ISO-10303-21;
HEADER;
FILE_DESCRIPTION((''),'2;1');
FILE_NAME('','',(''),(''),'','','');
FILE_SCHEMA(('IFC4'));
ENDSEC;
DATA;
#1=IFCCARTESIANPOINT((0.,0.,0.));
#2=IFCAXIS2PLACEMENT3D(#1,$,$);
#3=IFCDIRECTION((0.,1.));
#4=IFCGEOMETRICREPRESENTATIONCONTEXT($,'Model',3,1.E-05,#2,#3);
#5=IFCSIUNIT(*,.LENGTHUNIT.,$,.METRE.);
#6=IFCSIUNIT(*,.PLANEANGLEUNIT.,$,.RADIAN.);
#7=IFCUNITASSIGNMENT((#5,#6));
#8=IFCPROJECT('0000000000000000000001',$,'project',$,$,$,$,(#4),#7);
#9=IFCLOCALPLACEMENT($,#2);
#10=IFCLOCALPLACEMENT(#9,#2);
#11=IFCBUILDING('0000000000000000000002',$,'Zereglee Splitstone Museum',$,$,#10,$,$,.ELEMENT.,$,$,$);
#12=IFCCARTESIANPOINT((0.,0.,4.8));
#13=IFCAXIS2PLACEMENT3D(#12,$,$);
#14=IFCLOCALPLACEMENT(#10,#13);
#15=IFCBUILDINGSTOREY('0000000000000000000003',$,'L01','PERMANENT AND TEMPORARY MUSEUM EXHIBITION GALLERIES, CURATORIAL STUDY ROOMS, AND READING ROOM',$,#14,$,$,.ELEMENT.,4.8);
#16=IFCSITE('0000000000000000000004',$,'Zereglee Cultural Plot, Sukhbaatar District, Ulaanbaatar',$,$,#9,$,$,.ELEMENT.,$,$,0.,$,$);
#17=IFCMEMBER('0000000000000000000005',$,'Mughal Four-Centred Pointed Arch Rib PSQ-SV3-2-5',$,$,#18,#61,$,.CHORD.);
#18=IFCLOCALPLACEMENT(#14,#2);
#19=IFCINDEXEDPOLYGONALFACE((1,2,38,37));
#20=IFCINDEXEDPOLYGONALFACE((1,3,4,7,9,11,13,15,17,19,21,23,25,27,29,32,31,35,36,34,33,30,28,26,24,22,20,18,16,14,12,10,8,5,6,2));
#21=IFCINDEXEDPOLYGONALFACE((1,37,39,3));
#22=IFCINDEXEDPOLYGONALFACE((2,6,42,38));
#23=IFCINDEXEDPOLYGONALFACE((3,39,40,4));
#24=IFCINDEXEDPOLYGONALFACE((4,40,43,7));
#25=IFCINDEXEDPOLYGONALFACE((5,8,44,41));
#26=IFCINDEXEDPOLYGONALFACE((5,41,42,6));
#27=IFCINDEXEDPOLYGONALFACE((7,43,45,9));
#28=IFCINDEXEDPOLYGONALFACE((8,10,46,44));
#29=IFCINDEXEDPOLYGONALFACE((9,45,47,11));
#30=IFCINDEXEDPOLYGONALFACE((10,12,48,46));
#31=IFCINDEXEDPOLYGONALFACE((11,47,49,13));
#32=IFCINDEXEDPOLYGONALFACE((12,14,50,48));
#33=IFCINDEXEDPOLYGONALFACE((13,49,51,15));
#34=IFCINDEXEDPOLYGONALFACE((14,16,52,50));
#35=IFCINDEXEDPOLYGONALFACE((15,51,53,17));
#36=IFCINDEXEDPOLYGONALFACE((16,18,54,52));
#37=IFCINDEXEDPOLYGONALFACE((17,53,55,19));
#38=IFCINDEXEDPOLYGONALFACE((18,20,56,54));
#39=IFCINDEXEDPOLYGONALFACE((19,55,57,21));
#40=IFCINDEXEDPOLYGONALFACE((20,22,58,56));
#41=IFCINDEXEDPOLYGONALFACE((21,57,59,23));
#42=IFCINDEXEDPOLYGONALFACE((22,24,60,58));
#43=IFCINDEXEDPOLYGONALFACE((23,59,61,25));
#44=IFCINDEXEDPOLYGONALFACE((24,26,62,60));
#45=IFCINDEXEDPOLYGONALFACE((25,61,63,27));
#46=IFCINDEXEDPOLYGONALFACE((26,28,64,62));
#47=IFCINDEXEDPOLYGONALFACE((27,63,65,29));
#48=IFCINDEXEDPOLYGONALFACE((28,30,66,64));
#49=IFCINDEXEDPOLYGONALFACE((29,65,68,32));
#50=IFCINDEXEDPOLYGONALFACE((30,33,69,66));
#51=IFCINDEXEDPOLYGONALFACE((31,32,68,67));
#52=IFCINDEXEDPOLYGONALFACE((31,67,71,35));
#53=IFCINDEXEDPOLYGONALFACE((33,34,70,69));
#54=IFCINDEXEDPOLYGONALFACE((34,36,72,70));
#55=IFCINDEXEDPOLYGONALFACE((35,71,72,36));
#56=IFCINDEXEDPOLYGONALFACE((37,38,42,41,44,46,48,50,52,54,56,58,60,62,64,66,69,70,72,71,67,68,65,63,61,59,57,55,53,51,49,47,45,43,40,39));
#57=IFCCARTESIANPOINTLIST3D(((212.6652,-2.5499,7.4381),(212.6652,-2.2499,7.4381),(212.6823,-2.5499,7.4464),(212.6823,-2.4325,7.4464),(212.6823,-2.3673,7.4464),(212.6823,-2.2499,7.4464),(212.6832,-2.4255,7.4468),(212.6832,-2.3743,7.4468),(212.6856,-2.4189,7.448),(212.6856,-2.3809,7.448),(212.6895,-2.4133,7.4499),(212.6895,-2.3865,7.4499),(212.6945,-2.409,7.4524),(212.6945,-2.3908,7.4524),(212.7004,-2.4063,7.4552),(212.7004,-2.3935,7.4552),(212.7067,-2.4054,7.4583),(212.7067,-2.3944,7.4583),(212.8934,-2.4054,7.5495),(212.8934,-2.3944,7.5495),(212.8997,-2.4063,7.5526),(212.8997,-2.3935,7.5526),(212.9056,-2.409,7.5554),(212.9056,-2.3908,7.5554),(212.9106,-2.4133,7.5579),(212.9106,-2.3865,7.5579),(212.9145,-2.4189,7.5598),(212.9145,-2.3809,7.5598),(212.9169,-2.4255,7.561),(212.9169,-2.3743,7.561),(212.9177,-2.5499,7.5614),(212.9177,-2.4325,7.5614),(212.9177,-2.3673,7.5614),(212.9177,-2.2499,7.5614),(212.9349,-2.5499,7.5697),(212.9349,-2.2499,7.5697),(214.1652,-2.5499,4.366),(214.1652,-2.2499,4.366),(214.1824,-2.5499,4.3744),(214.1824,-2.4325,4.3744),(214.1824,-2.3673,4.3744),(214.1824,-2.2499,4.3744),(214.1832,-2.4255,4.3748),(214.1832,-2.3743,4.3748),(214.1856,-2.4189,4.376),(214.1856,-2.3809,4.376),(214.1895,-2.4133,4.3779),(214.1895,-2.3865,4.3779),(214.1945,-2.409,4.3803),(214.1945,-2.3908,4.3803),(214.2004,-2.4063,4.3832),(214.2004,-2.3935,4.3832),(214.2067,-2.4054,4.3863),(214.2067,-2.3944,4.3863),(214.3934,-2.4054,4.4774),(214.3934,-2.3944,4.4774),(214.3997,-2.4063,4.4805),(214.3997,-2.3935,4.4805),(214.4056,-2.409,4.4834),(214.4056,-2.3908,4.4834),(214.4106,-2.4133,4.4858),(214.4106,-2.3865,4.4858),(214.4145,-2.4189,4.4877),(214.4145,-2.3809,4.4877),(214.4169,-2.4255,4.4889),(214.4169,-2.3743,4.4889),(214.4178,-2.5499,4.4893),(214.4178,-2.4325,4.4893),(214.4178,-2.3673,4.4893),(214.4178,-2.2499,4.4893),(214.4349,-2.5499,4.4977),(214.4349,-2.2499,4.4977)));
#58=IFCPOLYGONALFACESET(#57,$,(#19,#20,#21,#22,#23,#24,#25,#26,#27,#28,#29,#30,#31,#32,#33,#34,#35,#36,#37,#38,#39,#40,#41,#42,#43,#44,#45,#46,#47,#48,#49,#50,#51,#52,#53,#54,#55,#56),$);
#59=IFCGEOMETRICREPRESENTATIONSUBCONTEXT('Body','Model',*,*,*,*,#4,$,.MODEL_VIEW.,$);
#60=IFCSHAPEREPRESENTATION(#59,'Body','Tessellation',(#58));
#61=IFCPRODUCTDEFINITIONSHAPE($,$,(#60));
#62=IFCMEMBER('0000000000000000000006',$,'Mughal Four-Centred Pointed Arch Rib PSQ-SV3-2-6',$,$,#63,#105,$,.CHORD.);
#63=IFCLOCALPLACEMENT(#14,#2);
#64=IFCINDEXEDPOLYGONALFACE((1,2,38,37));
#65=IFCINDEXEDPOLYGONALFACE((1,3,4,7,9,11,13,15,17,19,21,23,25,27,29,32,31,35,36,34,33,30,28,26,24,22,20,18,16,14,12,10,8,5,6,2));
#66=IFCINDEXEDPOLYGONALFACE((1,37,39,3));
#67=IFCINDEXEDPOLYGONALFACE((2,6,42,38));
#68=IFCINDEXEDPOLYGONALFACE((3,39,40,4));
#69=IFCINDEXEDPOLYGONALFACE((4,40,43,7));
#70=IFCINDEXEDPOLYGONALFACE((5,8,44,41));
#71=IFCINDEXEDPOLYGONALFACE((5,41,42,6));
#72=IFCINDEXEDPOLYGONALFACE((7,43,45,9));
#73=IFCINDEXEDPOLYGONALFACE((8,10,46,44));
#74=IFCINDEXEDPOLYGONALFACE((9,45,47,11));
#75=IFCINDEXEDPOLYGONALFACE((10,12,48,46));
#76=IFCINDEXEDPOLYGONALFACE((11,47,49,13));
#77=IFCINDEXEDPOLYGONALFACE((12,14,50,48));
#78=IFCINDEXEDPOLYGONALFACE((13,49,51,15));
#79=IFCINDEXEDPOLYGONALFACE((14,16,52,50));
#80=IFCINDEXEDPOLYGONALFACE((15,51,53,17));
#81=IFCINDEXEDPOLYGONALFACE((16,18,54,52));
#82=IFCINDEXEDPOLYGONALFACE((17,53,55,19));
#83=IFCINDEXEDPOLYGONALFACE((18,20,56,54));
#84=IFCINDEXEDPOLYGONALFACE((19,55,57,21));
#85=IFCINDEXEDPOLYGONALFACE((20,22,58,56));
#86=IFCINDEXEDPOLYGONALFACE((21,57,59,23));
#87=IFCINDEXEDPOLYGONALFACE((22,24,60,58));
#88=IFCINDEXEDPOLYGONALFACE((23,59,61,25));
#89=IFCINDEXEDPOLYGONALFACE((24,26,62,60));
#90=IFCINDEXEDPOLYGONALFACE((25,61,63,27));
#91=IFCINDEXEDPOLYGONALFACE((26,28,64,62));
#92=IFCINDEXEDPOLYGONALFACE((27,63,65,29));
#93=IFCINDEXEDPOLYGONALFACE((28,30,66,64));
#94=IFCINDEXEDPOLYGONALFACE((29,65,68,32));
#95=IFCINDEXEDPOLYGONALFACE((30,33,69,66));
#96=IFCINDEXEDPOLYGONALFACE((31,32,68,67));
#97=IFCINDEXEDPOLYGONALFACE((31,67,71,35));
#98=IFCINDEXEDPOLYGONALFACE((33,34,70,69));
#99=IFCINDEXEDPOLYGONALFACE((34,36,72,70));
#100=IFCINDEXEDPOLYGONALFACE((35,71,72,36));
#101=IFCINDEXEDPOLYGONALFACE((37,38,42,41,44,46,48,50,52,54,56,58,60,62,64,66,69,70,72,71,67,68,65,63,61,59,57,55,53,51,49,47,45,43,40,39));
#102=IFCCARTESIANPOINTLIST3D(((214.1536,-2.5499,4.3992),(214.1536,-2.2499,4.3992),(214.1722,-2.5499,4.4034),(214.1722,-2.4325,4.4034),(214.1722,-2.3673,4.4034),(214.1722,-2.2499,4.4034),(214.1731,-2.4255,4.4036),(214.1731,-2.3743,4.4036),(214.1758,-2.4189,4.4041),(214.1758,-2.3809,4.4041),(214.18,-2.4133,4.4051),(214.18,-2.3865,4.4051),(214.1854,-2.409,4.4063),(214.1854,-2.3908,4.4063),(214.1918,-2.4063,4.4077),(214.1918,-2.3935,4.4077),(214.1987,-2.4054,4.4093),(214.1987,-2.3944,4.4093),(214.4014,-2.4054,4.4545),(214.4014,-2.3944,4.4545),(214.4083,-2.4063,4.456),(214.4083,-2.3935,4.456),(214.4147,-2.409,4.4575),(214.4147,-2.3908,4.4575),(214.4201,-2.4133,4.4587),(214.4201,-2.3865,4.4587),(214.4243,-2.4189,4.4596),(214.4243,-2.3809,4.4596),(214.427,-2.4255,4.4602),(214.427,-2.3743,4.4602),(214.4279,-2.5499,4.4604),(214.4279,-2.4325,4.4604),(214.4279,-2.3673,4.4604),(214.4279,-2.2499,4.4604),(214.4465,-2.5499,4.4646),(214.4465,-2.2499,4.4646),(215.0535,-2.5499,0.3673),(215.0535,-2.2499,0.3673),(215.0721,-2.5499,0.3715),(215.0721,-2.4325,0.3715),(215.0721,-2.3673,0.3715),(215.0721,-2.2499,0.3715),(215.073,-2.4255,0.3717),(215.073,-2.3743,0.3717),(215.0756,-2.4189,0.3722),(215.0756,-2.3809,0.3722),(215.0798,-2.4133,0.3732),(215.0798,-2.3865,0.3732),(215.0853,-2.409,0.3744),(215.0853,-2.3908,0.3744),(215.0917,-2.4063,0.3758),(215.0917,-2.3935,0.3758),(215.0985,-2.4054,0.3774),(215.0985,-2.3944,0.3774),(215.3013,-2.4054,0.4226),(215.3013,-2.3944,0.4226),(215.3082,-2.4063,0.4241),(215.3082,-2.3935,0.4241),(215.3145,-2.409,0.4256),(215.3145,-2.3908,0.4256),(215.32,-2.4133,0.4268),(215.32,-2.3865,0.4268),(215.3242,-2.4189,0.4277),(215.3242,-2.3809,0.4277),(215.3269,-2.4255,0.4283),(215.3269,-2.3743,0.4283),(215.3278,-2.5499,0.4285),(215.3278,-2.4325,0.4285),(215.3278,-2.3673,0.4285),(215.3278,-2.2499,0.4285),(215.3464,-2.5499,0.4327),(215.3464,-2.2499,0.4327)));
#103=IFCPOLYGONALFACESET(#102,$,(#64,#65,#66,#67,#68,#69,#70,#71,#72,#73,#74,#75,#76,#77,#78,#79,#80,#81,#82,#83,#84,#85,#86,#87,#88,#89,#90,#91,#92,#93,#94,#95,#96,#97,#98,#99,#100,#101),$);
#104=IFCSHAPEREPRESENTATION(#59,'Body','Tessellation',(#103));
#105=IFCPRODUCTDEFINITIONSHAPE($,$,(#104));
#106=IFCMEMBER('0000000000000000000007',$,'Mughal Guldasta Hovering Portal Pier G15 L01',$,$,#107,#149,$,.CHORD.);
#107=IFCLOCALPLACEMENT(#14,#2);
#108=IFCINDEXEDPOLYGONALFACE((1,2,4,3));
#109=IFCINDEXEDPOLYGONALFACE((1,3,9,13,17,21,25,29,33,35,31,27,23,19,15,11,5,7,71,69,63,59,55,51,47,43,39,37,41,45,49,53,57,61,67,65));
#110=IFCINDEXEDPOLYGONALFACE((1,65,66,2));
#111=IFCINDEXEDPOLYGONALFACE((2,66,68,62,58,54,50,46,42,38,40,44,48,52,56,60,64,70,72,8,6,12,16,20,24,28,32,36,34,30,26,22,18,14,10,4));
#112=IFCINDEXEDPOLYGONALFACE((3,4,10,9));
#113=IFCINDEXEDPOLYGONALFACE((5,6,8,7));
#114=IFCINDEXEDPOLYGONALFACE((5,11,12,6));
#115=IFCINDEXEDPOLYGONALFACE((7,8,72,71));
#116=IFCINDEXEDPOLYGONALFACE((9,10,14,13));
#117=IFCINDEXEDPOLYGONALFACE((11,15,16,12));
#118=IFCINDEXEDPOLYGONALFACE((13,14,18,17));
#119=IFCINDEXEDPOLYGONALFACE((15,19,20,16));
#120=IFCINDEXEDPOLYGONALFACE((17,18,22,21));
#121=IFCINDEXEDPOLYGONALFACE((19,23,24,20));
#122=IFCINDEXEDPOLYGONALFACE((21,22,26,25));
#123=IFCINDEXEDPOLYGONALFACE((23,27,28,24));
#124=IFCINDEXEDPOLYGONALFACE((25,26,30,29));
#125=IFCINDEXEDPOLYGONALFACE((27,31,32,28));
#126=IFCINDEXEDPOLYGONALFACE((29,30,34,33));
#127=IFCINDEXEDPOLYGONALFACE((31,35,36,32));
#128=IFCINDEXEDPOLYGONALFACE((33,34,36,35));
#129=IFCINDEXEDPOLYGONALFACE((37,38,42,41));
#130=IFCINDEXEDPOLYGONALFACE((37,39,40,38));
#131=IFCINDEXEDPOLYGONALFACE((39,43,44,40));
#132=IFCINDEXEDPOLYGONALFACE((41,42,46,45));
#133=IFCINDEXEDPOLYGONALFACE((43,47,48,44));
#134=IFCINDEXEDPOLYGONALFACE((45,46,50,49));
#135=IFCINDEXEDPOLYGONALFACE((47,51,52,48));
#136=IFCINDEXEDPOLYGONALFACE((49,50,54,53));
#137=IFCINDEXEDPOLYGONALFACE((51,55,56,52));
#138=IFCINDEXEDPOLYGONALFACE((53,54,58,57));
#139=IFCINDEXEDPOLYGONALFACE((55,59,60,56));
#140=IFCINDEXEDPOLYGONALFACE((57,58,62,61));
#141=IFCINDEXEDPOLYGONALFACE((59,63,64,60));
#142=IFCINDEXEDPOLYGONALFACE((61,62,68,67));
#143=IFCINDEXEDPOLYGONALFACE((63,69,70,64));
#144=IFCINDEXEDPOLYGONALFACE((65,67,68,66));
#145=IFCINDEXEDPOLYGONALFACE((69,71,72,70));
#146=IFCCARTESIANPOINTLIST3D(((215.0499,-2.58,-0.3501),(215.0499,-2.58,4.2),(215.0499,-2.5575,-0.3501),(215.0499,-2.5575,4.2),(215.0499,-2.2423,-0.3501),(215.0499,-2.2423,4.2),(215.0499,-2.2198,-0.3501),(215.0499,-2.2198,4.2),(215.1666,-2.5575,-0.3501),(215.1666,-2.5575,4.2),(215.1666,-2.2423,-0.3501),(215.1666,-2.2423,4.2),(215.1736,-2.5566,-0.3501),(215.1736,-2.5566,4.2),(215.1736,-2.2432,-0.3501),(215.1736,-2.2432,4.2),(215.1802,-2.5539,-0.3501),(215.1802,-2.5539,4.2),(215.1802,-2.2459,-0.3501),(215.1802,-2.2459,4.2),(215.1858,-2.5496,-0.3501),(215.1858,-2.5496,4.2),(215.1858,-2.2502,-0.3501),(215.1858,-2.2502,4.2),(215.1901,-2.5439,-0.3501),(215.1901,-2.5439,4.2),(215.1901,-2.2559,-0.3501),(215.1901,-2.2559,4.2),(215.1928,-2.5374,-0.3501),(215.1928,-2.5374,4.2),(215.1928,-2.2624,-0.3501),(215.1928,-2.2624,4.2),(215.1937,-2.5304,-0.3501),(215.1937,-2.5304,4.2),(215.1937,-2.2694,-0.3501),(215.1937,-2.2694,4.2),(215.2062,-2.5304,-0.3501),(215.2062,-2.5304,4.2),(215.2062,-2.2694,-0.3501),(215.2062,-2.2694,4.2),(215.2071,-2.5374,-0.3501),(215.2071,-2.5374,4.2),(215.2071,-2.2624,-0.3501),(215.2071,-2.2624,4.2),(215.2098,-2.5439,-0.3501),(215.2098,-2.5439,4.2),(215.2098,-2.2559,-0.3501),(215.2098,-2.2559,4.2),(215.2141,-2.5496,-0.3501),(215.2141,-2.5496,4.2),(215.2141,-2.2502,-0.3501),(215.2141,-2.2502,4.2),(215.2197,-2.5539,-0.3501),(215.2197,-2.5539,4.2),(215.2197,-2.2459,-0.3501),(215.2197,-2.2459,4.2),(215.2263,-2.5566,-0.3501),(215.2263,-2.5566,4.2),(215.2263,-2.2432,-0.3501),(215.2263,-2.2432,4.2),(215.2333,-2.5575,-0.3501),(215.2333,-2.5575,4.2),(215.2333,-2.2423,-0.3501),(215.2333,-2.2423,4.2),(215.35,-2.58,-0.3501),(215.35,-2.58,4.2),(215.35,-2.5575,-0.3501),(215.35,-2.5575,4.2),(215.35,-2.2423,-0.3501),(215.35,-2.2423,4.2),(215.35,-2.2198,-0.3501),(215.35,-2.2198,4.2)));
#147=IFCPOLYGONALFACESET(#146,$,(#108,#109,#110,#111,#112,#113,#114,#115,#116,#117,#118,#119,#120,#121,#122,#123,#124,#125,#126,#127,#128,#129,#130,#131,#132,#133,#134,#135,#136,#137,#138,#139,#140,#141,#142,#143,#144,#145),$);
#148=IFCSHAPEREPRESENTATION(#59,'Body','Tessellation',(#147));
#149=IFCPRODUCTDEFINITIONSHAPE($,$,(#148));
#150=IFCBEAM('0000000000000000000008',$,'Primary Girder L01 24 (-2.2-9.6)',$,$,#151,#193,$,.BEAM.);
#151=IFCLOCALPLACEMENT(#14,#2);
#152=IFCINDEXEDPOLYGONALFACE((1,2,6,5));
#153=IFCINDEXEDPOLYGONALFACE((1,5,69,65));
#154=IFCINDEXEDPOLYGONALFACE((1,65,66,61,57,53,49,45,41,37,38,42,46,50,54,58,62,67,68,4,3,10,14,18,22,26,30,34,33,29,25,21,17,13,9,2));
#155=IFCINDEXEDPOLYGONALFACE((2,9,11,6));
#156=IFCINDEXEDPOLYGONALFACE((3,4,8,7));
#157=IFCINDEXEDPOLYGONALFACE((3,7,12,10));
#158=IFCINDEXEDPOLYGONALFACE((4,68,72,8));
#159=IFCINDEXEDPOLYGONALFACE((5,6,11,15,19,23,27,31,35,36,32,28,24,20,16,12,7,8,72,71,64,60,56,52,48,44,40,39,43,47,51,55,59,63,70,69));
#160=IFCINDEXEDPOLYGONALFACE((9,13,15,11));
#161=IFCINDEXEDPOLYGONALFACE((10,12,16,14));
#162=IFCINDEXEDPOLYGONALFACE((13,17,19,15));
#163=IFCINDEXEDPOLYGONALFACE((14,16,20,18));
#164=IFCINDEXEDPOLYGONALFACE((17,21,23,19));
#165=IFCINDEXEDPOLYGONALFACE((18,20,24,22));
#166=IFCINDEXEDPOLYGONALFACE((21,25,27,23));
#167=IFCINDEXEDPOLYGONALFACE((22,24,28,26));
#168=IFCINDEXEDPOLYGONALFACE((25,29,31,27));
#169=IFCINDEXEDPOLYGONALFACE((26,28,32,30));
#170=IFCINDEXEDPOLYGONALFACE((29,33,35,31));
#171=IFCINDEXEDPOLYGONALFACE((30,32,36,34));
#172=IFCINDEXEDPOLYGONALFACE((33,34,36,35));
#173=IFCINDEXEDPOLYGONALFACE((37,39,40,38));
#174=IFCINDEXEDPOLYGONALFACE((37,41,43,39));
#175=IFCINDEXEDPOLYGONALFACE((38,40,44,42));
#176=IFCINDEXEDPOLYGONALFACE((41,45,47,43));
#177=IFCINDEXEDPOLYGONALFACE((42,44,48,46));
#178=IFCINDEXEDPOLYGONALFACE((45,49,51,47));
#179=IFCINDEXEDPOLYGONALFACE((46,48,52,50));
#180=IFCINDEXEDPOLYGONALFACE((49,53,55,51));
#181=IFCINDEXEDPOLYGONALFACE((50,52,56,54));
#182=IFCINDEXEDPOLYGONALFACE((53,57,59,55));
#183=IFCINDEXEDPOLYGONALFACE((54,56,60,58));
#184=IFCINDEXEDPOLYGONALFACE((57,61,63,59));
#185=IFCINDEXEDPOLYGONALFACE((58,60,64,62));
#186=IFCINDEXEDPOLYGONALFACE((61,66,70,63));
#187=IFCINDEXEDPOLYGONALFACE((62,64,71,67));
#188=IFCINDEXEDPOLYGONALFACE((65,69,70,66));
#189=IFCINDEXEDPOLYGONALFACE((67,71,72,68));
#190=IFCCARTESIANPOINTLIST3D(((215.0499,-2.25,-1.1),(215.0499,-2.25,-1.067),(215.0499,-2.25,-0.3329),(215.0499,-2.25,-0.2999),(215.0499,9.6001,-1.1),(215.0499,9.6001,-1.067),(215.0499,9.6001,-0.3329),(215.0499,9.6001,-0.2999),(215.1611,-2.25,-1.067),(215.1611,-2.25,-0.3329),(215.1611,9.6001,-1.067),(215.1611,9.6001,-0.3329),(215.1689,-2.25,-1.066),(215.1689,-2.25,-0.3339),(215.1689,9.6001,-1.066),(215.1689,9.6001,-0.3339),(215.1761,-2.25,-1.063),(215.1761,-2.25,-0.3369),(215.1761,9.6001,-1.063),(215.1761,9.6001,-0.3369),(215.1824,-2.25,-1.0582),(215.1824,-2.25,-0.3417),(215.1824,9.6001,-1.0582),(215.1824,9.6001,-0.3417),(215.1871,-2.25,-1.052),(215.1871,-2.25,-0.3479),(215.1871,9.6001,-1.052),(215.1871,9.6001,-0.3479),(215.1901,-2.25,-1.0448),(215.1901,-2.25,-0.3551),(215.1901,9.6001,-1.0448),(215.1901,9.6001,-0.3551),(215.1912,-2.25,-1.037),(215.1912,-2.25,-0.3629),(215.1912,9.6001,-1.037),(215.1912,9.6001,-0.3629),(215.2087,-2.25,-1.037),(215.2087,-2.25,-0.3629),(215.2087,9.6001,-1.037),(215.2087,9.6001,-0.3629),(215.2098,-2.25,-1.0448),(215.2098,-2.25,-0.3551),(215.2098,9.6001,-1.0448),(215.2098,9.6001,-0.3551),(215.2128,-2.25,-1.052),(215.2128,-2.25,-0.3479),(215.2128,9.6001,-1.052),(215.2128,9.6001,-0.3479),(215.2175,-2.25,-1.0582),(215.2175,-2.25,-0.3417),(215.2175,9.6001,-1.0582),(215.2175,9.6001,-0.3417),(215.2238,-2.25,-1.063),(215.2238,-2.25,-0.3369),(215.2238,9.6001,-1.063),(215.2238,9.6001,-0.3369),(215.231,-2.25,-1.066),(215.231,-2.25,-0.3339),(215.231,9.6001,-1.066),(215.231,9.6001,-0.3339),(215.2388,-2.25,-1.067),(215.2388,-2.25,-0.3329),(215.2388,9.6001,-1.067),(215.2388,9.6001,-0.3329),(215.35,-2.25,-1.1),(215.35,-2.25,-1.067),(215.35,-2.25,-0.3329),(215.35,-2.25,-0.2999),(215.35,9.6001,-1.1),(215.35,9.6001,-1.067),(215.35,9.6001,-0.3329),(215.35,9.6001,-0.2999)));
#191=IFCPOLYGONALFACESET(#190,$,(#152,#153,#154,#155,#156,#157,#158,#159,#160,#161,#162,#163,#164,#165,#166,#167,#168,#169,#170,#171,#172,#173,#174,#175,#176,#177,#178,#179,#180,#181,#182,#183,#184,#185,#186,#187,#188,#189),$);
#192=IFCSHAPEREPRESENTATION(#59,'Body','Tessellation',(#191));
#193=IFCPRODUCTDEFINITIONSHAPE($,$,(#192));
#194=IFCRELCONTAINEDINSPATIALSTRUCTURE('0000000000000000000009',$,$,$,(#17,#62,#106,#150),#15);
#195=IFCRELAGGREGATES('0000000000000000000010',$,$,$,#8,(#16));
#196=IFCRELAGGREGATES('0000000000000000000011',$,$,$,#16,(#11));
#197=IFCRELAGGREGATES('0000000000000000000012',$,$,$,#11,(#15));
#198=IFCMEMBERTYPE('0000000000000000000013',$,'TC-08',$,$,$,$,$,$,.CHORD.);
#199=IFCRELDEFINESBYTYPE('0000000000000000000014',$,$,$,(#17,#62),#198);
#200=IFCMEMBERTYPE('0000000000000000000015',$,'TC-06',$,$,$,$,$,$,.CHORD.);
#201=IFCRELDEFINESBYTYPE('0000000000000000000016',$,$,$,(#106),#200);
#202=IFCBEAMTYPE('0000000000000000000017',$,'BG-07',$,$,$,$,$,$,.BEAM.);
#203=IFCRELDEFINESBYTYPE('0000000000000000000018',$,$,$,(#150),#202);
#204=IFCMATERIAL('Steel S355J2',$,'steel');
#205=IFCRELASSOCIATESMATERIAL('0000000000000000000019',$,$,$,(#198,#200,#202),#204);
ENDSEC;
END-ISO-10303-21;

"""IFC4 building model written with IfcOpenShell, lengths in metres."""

from ifc_helpers import new_model, si_unit, direction, frame, origin, origin_2d, place, context, subcontext, project, spatial, i_section, extrude, material, material_profile, profile_set, type_object, element, save


model = new_model("IFC4")

# Units and contexts
model_context = context("Model", 3, precision=1e-05, world=origin(), true_north=direction((0.0, 1.0)))
body_context = subcontext(model_context, "Body", "Model", "MODEL_VIEW")
ifc_project = project(units=[si_unit("LENGTHUNIT", "METRE"), si_unit("PLANEANGLEUNIT", "RADIAN")], contexts=[model_context])

# Site, building, storey
site_placement = place(None, origin())
site = spatial("IfcSite", under=ifc_project, at=site_placement, Name="Zereglee Cultural Plot, Sukhbaatar District, Ulaanbaatar", CompositionType="ELEMENT", RefElevation=0.0)
building_placement = place(site_placement, origin())
building = spatial("IfcBuilding", under=site, at=building_placement, Name="Zereglee Splitstone Museum", CompositionType="ELEMENT")
storey_placement = place(building_placement, frame((0.0, 0.0, 4.8)))
storey = spatial("IfcBuildingStorey", under=building, at=storey_placement, Name="L01", Description="PERMANENT AND TEMPORARY MUSEUM EXHIBITION GALLERIES, CURATORIAL STUDY ROOMS, AND READING ROOM", CompositionType="ELEMENT", Elevation=4.8)

# Shared definitions
ifc_material_1 = material(Name="Steel S355J2", Category="steel")

# Members
ifc_material_profile_1 = material_profile(ifc_material_1, i_section(OverallWidth=0.3, OverallDepth=0.3, WebThickness=0.011, FlangeThickness=0.019, FilletRadius=0.0271, at=origin_2d()), Name="HE 300 B")
ifc_profile_set_1 = profile_set([ifc_material_profile_1], Name="Steel S355J2")
member_type_1 = type_object("IfcMemberType", Name="TC-08", PredefinedType="CHORD", material=ifc_profile_set_1)
member_1_placement = place(storey_placement, frame((212.8, -2.3999, 7.5039), z_axis=(0.438767, 0.0, -0.898601), x_axis=(0.0, 1.0, 0.0)))
element("IfcMember", 1, at=member_1_placement, inside=storey, type_object=member_type_1, Name="Mughal Four-Centred Pointed Arch Rib PSQ-SV3-2-5", PredefinedType="CHORD", context=body_context, shape_type="SweptSolid", body=[
    extrude(i_section(OverallWidth=0.3, OverallDepth=0.3, WebThickness=0.011, FlangeThickness=0.019, FilletRadius=0.0271, at=origin_2d()), origin(), (0.0, 0.0, 1.0), 3.4187),
])
member_2_placement = place(storey_placement, frame((214.3, -2.3999, 4.4319), z_axis=(0.217831, 0.0, -0.975986), x_axis=(0.0, 1.0, 0.0)))
element("IfcMember", 2, at=member_2_placement, inside=storey, type_object=member_type_1, Name="Mughal Four-Centred Pointed Arch Rib PSQ-SV3-2-6", PredefinedType="CHORD", context=body_context, shape_type="SweptSolid", body=[
    extrude(i_section(OverallWidth=0.3, OverallDepth=0.3, WebThickness=0.011, FlangeThickness=0.019, FilletRadius=0.0271, at=origin_2d()), origin(), (0.0, 0.0, 1.0), 4.1311),
])
ifc_material_profile_2 = material_profile(ifc_material_1, i_section(OverallWidth=0.3, OverallDepth=0.3601, WebThickness=0.0125, FlangeThickness=0.0225, FilletRadius=0.0271, at=origin_2d()), Name="HE 360 B")
ifc_profile_set_2 = profile_set([ifc_material_profile_2], Name="Steel S355J2")
member_type_2 = type_object("IfcMemberType", Name="TC-06", PredefinedType="CHORD", material=ifc_profile_set_2)
member_3_placement = place(storey_placement, frame((215.2, -2.3999, -0.3501), z_axis=(0.0, 0.0, 1.0), x_axis=(1.0, 0.0, 0.0)))
element("IfcMember", 3, at=member_3_placement, inside=storey, type_object=member_type_2, Name="Mughal Guldasta Hovering Portal Pier G15 L01", PredefinedType="CHORD", context=body_context, shape_type="SweptSolid", body=[
    extrude(i_section(OverallWidth=0.3, OverallDepth=0.3601, WebThickness=0.0125, FlangeThickness=0.0225, FilletRadius=0.0271, at=origin_2d()), origin(), (0.0, 0.0, 1.0), 4.55),
])

# Beam
ifc_material_profile_3 = material_profile(ifc_material_1, i_section(OverallWidth=0.3, OverallDepth=0.8, WebThickness=0.0176, FlangeThickness=0.033, FilletRadius=0.03, at=origin_2d()), Name="HE 800 B")
ifc_profile_set_3 = profile_set([ifc_material_profile_3], Name="Steel S355J2")
beam_type_1 = type_object("IfcBeamType", Name="BG-07", PredefinedType="BEAM", material=ifc_profile_set_3)
beam_1_placement = place(storey_placement, frame((215.2, -2.25, -0.7), z_axis=(0.0, 1.0, 0.0), x_axis=(-1.0, 0.0, 0.0)))
element("IfcBeam", 4, at=beam_1_placement, inside=storey, type_object=beam_type_1, Name="Primary Girder L01 24 (-2.2-9.6)", PredefinedType="BEAM", context=body_context, shape_type="SweptSolid", body=[
    extrude(i_section(OverallWidth=0.3, OverallDepth=0.8, WebThickness=0.0176, FlangeThickness=0.033, FilletRadius=0.03, at=origin_2d()), origin(), (0.0, 0.0, 1.0), 11.8501),
])

save(model, "model.ifc")
